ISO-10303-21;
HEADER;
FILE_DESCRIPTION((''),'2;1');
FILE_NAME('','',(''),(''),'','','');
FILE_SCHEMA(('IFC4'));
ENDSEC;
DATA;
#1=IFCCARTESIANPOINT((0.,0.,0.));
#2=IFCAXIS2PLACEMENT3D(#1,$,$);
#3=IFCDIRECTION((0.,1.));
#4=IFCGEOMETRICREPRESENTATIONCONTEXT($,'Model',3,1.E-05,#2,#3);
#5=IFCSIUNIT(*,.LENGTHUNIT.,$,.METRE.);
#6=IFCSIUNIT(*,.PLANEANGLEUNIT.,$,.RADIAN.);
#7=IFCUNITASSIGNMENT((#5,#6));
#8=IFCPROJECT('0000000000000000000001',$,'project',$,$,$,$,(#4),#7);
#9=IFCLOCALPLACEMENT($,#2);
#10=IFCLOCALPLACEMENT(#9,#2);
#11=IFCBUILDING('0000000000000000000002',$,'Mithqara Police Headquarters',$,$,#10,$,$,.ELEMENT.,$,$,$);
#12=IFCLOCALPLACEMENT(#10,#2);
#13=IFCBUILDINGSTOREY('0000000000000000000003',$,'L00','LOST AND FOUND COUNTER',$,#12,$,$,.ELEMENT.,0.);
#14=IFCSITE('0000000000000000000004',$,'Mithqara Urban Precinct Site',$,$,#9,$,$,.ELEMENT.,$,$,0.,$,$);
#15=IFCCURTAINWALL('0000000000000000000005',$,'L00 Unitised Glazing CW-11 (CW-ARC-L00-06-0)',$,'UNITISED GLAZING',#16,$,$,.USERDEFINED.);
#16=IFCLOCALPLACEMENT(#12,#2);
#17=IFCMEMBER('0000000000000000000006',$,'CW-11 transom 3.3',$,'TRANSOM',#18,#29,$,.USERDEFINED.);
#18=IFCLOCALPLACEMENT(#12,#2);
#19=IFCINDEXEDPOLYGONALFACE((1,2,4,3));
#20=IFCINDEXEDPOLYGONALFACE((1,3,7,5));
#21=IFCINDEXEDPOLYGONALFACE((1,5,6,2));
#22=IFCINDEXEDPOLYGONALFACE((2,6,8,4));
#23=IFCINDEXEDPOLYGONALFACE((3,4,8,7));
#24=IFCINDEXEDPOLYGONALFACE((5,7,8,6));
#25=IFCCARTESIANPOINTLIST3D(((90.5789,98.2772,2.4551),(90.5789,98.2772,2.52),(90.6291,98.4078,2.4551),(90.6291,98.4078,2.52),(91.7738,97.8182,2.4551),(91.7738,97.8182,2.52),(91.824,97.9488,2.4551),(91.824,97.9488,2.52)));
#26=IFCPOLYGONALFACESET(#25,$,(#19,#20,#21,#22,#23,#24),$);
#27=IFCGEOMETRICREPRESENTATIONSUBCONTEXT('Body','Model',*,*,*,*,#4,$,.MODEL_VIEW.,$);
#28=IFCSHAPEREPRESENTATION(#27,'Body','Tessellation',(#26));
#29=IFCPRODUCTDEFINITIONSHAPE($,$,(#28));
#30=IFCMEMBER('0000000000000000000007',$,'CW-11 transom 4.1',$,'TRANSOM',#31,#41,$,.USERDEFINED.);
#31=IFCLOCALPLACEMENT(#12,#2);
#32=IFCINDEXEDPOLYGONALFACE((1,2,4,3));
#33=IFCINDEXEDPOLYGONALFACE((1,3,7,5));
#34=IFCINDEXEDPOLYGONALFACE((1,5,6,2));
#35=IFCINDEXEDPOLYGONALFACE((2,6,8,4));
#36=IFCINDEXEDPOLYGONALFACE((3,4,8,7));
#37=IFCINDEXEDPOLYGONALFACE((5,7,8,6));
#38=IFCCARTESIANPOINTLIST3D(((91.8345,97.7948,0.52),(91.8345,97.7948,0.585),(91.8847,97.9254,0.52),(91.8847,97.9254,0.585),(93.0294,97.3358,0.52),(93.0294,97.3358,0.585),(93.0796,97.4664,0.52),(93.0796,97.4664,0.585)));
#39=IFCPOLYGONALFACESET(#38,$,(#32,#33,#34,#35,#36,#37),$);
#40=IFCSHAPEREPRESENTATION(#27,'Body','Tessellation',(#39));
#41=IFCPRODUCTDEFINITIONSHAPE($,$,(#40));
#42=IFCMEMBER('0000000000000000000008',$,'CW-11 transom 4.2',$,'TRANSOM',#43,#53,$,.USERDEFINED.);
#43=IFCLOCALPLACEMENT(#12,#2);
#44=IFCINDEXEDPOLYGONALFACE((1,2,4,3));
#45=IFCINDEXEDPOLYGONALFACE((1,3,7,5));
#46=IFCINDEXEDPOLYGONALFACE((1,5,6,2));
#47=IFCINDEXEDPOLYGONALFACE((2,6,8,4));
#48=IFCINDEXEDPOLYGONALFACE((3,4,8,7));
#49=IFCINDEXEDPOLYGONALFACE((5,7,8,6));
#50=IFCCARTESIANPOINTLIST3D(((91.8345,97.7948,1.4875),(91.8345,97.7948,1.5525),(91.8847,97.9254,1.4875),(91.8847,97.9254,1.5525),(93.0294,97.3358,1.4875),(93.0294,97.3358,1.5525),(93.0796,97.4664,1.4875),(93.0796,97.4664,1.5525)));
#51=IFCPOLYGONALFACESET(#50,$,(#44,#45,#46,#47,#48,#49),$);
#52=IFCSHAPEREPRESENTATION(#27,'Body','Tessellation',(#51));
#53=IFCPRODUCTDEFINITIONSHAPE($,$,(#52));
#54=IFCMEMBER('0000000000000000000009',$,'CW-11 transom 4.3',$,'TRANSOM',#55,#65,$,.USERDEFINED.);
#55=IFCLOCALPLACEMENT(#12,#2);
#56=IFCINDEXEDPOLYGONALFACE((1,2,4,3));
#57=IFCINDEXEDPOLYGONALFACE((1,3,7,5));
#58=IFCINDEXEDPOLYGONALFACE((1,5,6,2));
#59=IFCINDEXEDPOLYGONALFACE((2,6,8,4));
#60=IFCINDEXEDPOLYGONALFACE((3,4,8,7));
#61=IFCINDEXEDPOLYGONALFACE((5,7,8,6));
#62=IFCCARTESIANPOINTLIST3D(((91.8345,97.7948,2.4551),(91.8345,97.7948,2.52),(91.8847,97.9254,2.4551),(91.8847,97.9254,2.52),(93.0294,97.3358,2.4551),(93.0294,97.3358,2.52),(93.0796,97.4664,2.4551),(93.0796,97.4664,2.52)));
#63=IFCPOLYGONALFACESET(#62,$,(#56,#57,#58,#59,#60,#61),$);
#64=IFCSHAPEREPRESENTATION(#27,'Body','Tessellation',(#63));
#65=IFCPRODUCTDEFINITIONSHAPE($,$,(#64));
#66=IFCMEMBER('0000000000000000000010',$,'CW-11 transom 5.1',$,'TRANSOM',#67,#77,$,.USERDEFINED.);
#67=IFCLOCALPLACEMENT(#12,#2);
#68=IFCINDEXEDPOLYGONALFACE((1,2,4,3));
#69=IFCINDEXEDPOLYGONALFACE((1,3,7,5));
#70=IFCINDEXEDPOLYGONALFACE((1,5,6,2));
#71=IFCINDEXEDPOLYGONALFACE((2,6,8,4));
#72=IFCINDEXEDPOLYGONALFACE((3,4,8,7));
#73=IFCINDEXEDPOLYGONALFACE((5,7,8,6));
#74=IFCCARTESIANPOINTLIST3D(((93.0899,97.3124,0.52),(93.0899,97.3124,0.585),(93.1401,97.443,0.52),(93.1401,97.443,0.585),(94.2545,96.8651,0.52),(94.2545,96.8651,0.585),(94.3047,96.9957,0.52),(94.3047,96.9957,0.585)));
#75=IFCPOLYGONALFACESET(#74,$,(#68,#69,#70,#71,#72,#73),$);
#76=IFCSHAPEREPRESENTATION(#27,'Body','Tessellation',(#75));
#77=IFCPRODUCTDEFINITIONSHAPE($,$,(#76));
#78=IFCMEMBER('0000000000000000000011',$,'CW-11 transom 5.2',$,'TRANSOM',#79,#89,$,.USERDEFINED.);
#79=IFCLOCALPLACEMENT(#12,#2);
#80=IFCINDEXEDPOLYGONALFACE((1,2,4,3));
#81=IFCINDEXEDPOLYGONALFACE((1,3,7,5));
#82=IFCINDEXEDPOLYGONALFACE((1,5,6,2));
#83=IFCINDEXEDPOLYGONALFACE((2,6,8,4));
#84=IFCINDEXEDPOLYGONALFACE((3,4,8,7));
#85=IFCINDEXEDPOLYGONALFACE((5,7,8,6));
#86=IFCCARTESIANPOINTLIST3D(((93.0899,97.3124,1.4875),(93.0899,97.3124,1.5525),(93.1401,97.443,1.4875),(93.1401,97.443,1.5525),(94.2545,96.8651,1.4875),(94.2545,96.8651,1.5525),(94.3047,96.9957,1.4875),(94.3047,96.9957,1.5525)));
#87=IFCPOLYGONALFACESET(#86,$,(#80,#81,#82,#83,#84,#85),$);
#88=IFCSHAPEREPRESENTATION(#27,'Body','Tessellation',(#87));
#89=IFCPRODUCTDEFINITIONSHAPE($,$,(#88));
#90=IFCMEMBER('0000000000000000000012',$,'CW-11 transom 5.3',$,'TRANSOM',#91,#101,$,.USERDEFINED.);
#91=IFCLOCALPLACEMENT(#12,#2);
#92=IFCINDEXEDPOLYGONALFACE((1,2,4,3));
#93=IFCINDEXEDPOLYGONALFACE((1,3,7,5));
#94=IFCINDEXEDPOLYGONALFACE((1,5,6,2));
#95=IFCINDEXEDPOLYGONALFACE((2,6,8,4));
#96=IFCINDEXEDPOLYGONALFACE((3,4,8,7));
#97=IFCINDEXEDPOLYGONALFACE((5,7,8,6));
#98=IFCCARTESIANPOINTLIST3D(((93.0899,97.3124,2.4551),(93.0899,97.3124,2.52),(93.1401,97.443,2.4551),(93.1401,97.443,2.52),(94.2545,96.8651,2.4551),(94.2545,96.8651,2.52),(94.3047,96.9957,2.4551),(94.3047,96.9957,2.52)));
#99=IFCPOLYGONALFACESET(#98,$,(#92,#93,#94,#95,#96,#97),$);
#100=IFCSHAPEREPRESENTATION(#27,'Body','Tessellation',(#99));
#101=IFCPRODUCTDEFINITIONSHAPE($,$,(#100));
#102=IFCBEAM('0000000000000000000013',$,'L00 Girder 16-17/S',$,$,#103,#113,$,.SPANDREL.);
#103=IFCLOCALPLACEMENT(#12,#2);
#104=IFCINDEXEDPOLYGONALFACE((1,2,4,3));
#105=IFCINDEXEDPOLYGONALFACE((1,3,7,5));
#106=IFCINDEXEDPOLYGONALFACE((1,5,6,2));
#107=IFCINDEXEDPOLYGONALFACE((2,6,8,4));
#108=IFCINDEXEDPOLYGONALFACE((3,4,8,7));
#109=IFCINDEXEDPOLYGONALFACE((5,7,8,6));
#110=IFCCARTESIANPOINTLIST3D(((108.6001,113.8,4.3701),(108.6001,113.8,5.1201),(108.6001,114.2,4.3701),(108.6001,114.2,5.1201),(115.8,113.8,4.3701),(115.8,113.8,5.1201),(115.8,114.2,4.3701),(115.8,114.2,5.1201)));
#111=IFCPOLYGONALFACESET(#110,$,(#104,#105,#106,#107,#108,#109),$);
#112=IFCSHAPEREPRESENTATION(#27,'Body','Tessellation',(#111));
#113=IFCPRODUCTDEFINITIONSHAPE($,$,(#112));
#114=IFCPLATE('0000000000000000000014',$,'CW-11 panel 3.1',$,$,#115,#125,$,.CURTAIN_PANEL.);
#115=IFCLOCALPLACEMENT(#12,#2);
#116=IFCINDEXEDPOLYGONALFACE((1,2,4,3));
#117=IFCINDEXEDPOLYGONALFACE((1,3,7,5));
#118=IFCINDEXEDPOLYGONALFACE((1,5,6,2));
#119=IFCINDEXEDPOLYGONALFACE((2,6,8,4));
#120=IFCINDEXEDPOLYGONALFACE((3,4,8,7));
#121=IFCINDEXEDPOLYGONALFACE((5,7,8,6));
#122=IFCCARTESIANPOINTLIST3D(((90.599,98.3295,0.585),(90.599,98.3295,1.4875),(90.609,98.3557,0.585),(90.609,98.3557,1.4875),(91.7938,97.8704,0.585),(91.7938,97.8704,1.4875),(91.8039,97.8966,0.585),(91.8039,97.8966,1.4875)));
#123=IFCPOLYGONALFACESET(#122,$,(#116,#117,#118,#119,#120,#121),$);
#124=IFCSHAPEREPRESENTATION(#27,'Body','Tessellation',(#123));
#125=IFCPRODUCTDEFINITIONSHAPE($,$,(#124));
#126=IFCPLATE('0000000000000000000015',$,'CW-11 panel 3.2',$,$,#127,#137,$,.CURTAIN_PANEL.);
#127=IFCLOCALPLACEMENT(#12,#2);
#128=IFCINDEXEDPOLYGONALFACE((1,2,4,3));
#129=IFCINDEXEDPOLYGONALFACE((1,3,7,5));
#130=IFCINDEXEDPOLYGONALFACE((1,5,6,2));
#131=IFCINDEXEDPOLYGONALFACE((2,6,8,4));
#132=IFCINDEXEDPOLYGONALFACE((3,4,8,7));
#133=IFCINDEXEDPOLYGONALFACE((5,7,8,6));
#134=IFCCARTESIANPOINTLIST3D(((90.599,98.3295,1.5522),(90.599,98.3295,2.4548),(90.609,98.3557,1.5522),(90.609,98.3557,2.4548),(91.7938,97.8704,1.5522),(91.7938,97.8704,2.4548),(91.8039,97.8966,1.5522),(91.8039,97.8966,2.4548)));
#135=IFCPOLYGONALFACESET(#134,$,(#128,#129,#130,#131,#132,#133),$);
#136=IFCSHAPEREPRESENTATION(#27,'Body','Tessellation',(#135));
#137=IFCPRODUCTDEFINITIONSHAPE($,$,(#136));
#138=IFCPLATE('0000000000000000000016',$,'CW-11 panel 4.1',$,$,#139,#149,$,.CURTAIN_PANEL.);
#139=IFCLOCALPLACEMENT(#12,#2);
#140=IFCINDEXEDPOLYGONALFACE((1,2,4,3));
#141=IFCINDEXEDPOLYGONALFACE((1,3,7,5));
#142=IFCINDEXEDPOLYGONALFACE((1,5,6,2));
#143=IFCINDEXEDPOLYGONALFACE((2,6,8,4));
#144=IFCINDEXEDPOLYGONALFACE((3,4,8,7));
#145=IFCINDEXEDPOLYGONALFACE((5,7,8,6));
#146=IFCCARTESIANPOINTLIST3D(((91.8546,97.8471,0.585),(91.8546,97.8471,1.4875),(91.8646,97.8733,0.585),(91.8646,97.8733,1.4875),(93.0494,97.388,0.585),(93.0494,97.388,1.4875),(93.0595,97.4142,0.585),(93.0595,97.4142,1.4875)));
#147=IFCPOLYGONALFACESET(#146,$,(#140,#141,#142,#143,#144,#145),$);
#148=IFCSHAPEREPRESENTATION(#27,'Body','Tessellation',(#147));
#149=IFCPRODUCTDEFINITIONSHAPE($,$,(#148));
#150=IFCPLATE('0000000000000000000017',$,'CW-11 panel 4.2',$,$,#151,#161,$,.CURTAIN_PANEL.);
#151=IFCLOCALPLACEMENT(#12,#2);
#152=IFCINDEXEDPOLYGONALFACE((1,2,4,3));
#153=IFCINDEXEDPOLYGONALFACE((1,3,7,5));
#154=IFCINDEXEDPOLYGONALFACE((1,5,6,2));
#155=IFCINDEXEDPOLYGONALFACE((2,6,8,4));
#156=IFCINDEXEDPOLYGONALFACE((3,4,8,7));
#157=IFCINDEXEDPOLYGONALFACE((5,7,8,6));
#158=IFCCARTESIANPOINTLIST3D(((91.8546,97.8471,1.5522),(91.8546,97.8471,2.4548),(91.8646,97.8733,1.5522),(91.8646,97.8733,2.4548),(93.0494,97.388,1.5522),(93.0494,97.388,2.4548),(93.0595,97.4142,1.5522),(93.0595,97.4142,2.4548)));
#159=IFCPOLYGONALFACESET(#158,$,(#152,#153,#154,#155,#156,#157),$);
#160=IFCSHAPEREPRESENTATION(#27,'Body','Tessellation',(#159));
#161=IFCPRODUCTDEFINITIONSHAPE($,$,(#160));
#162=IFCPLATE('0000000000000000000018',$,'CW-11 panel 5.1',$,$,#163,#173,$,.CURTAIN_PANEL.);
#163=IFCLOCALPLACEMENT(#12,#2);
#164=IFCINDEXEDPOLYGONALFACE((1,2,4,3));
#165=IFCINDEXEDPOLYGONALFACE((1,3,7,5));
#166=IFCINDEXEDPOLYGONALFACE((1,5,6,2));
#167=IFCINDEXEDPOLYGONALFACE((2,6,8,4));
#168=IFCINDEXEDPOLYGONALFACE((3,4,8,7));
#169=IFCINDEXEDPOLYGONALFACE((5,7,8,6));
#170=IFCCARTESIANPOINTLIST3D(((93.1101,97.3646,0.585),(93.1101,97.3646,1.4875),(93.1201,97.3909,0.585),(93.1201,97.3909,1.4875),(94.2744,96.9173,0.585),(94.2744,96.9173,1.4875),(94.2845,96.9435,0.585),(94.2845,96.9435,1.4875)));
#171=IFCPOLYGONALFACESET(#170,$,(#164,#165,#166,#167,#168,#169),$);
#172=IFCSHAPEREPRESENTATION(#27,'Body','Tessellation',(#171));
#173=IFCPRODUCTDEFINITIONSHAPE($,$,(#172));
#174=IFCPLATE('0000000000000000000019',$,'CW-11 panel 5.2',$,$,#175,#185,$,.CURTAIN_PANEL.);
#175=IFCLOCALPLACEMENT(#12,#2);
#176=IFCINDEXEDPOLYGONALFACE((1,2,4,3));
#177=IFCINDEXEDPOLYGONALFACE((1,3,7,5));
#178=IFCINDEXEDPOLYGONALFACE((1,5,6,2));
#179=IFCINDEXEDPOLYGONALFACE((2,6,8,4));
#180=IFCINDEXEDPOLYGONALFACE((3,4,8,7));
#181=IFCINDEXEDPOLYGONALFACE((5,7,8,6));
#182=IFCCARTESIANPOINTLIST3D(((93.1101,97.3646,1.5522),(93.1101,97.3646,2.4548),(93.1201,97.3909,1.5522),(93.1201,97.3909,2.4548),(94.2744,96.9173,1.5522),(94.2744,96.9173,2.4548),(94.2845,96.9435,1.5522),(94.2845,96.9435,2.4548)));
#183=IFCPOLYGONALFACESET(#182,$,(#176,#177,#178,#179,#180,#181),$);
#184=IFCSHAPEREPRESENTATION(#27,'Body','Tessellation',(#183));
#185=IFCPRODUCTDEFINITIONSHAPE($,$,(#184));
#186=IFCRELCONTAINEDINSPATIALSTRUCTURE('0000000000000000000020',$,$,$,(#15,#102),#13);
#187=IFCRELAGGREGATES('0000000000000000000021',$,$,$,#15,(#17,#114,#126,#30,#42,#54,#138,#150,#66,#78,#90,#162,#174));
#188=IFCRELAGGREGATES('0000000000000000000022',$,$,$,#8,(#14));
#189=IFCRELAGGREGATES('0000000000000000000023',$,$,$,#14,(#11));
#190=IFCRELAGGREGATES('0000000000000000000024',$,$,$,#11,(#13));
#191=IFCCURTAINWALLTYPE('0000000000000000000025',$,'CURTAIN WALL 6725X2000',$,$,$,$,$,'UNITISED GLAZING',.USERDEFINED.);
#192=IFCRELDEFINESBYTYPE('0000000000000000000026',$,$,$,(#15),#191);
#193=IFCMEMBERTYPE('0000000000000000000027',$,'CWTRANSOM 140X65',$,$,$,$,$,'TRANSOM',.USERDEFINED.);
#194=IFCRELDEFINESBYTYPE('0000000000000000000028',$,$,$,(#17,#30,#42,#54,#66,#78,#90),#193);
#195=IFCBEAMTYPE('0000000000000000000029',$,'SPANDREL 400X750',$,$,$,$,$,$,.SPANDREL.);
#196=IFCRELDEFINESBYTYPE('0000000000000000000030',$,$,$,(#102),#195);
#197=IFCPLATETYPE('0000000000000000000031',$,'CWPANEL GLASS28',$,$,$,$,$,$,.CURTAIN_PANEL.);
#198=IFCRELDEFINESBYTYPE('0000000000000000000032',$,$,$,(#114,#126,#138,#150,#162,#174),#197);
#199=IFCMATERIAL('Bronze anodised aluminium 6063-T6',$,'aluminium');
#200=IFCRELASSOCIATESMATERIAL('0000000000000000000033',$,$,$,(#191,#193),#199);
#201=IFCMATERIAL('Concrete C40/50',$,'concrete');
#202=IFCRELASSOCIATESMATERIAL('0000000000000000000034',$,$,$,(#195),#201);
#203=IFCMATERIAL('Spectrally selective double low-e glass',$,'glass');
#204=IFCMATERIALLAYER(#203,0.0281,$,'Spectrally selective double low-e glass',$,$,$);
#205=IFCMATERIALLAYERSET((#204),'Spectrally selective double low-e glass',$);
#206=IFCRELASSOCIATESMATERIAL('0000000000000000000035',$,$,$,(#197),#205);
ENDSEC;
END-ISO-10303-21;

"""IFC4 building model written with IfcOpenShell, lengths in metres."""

from ifc_helpers import new_model, si_unit, direction, frame, origin, origin_2d, place, context, subcontext, project, spatial, rectangle, extrude, material, layer, layer_set, material_profile, profile_set, type_object, element, aggregate, save


model = new_model("IFC4")

# Units and contexts
model_context = context("Model", 3, precision=1e-05, world=origin(), true_north=direction((0.0, 1.0)))
body_context = subcontext(model_context, "Body", "Model", "MODEL_VIEW")
ifc_project = project(units=[si_unit("LENGTHUNIT", "METRE"), si_unit("PLANEANGLEUNIT", "RADIAN")], contexts=[model_context])

# Site, building, storey
site_placement = place(None, origin())
site = spatial("IfcSite", under=ifc_project, at=site_placement, Name="Mithqara Urban Precinct Site", CompositionType="ELEMENT", RefElevation=0.0)
building_placement = place(site_placement, origin())
building = spatial("IfcBuilding", under=site, at=building_placement, Name="Mithqara Police Headquarters", CompositionType="ELEMENT")
storey_placement = place(building_placement, origin())
storey = spatial("IfcBuildingStorey", under=building, at=storey_placement, Name="L00", Description="LOST AND FOUND COUNTER", CompositionType="ELEMENT", Elevation=0.0)

# Shared definitions
ifc_material_1 = material(Name="Concrete C40/50", Category="concrete")

# Curtain wall, members
ifc_material_2 = material(Name="Bronze anodised aluminium 6063-T6", Category="aluminium")
curtain_wall_type = type_object("IfcCurtainWallType", Name="CURTAIN WALL 6725X2000", ElementType="UNITISED GLAZING", PredefinedType="USERDEFINED", material=ifc_material_2)
curtain_wall_placement = place(storey_placement, origin())
curtain_wall = element("IfcCurtainWall", 1, at=curtain_wall_placement, inside=storey, type_object=curtain_wall_type, Name="L00 Unitised Glazing CW-11 (CW-ARC-L00-06-0)", ObjectType="UNITISED GLAZING", PredefinedType="USERDEFINED")
ifc_material_profile_1 = material_profile(ifc_material_2, rectangle(XDim=0.1399, YDim=0.0649, at=origin_2d()), Name="CWT 140x65")
ifc_profile_set_1 = profile_set([ifc_material_profile_1], Name="Bronze anodised aluminium 6063-T6")
member_type_1 = type_object("IfcMemberType", Name="CWTRANSOM 140X65", ElementType="TRANSOM", PredefinedType="USERDEFINED", material=ifc_profile_set_1)
member_1_placement = place(storey_placement, frame((90.604, 98.3425, 2.4875), z_axis=(0.933493, -0.358596, 0.0), x_axis=(0.358596, 0.933493, 0.0)))
member_1 = element("IfcMember", 2, at=member_1_placement, type_object=member_type_1, Name="CW-11 transom 3.3", ObjectType="TRANSOM", PredefinedType="USERDEFINED", context=body_context, shape_type="SweptSolid", body=[
    extrude(rectangle(XDim=0.1399, YDim=0.0649, at=origin_2d()), origin(), (0.0, 0.0, 1.0), 1.28),
])
member_2_placement = place(storey_placement, frame((91.8596, 97.8601, 0.5525), z_axis=(0.933493, -0.358596, 0.0), x_axis=(0.358596, 0.933493, 0.0)))
member_2 = element("IfcMember", 3, at=member_2_placement, type_object=member_type_1, Name="CW-11 transom 4.1", ObjectType="TRANSOM", PredefinedType="USERDEFINED", context=body_context, shape_type="SweptSolid", body=[
    extrude(rectangle(XDim=0.1399, YDim=0.0649, at=origin_2d()), origin(), (0.0, 0.0, 1.0), 1.28),
])
member_3_placement = place(storey_placement, frame((91.8596, 97.8601, 1.52), z_axis=(0.933493, -0.358596, 0.0), x_axis=(0.358596, 0.933493, 0.0)))
member_3 = element("IfcMember", 4, at=member_3_placement, type_object=member_type_1, Name="CW-11 transom 4.2", ObjectType="TRANSOM", PredefinedType="USERDEFINED", context=body_context, shape_type="SweptSolid", body=[
    extrude(rectangle(XDim=0.1399, YDim=0.0649, at=origin_2d()), origin(), (0.0, 0.0, 1.0), 1.28),
])
member_4_placement = place(storey_placement, frame((91.8596, 97.8601, 2.4875), z_axis=(0.933493, -0.358596, 0.0), x_axis=(0.358596, 0.933493, 0.0)))
member_4 = element("IfcMember", 5, at=member_4_placement, type_object=member_type_1, Name="CW-11 transom 4.3", ObjectType="TRANSOM", PredefinedType="USERDEFINED", context=body_context, shape_type="SweptSolid", body=[
    extrude(rectangle(XDim=0.1399, YDim=0.0649, at=origin_2d()), origin(), (0.0, 0.0, 1.0), 1.28),
])
member_5_placement = place(storey_placement, frame((93.115, 97.3777, 0.5525), z_axis=(0.933517, -0.358533, 0.0), x_axis=(0.358533, 0.933517, 0.0)))
member_5 = element("IfcMember", 6, at=member_5_placement, type_object=member_type_1, Name="CW-11 transom 5.1", ObjectType="TRANSOM", PredefinedType="USERDEFINED", context=body_context, shape_type="SweptSolid", body=[
    extrude(rectangle(XDim=0.1399, YDim=0.0649, at=origin_2d()), origin(), (0.0, 0.0, 1.0), 1.2476),
])
member_6_placement = place(storey_placement, frame((93.115, 97.3777, 1.52), z_axis=(0.933517, -0.358533, 0.0), x_axis=(0.358533, 0.933517, 0.0)))
member_6 = element("IfcMember", 7, at=member_6_placement, type_object=member_type_1, Name="CW-11 transom 5.2", ObjectType="TRANSOM", PredefinedType="USERDEFINED", context=body_context, shape_type="SweptSolid", body=[
    extrude(rectangle(XDim=0.1399, YDim=0.0649, at=origin_2d()), origin(), (0.0, 0.0, 1.0), 1.2476),
])
member_7_placement = place(storey_placement, frame((93.115, 97.3777, 2.4875), z_axis=(0.933517, -0.358533, 0.0), x_axis=(0.358533, 0.933517, 0.0)))
member_7 = element("IfcMember", 8, at=member_7_placement, type_object=member_type_1, Name="CW-11 transom 5.3", ObjectType="TRANSOM", PredefinedType="USERDEFINED", context=body_context, shape_type="SweptSolid", body=[
    extrude(rectangle(XDim=0.1399, YDim=0.0649, at=origin_2d()), origin(), (0.0, 0.0, 1.0), 1.2476),
])

# Beam
ifc_material_profile_2 = material_profile(ifc_material_1, rectangle(XDim=0.3999, YDim=0.75, at=origin_2d()), Name="SPB 400x750")
ifc_profile_set_2 = profile_set([ifc_material_profile_2], Name="Concrete C40/50")
beam_type_1 = type_object("IfcBeamType", Name="SPANDREL 400X750", PredefinedType="SPANDREL", material=ifc_profile_set_2)
beam_1_placement = place(storey_placement, frame((108.6001, 114.0, 4.7451), z_axis=(1.0, 0.0, 0.0), x_axis=(0.0, 1.0, 0.0)))
element("IfcBeam", 9, at=beam_1_placement, inside=storey, type_object=beam_type_1, Name="L00 Girder 16-17/S", PredefinedType="SPANDREL", context=body_context, shape_type="SweptSolid", body=[
    extrude(rectangle(XDim=0.3999, YDim=0.75, at=origin_2d()), origin(), (0.0, 0.0, 1.0), 7.2),
])

# Plates
ifc_material_3 = material(Name="Spectrally selective double low-e glass", Category="glass")
ifc_layer_1 = layer(ifc_material_3, 0.0281, Name="Spectrally selective double low-e glass")
ifc_layer_set_1 = layer_set([ifc_layer_1], Name="Spectrally selective double low-e glass")
plate_type_1 = type_object("IfcPlateType", Name="CWPANEL GLASS28", PredefinedType="CURTAIN_PANEL", material=ifc_layer_set_1)
plate_1_placement = place(storey_placement, frame((91.2014, 98.113, 0.585), z_axis=(0.0, 0.0, 1.0), x_axis=(0.933461, -0.35868, 0.0)))
plate_1 = element("IfcPlate", 10, at=plate_1_placement, type_object=plate_type_1, Name="CW-11 panel 3.1", PredefinedType="CURTAIN_PANEL", context=body_context, shape_type="SweptSolid", body=[
    extrude(rectangle(XDim=1.28, YDim=0.0281, at=origin_2d()), origin(), (0.0, 0.0, 1.0), 0.9026),
])
plate_2_placement = place(storey_placement, frame((91.2014, 98.113, 1.5522), z_axis=(0.0, 0.0, 1.0), x_axis=(0.933461, -0.35868, 0.0)))
plate_2 = element("IfcPlate", 11, at=plate_2_placement, type_object=plate_type_1, Name="CW-11 panel 3.2", PredefinedType="CURTAIN_PANEL", context=body_context, shape_type="SweptSolid", body=[
    extrude(rectangle(XDim=1.28, YDim=0.0281, at=origin_2d()), origin(), (0.0, 0.0, 1.0), 0.9026),
])
plate_3_placement = place(storey_placement, frame((92.457, 97.6306, 0.585), z_axis=(0.0, 0.0, 1.0), x_axis=(0.933461, -0.35868, 0.0)))
plate_3 = element("IfcPlate", 12, at=plate_3_placement, type_object=plate_type_1, Name="CW-11 panel 4.1", PredefinedType="CURTAIN_PANEL", context=body_context, shape_type="SweptSolid", body=[
    extrude(rectangle(XDim=1.28, YDim=0.0281, at=origin_2d()), origin(), (0.0, 0.0, 1.0), 0.9026),
])
plate_4_placement = place(storey_placement, frame((92.457, 97.6306, 1.5522), z_axis=(0.0, 0.0, 1.0), x_axis=(0.933461, -0.35868, 0.0)))
plate_4 = element("IfcPlate", 13, at=plate_4_placement, type_object=plate_type_1, Name="CW-11 panel 4.2", PredefinedType="CURTAIN_PANEL", context=body_context, shape_type="SweptSolid", body=[
    extrude(rectangle(XDim=1.28, YDim=0.0281, at=origin_2d()), origin(), (0.0, 0.0, 1.0), 0.9026),
])
plate_5_placement = place(storey_placement, frame((93.6973, 97.1541, 0.585), z_axis=(0.0, 0.0, 1.0), x_axis=(0.933461, -0.35868, 0.0)))
plate_5 = element("IfcPlate", 14, at=plate_5_placement, type_object=plate_type_1, Name="CW-11 panel 5.1", PredefinedType="CURTAIN_PANEL", context=body_context, shape_type="SweptSolid", body=[
    extrude(rectangle(XDim=1.2473, YDim=0.0281, at=origin_2d()), origin(), (0.0, 0.0, 1.0), 0.9026),
])
plate_6_placement = place(storey_placement, frame((93.6973, 97.1541, 1.5522), z_axis=(0.0, 0.0, 1.0), x_axis=(0.933461, -0.35868, 0.0)))
plate_6 = element("IfcPlate", 15, at=plate_6_placement, type_object=plate_type_1, Name="CW-11 panel 5.2", PredefinedType="CURTAIN_PANEL", context=body_context, shape_type="SweptSolid", body=[
    extrude(rectangle(XDim=1.2473, YDim=0.0281, at=origin_2d()), origin(), (0.0, 0.0, 1.0), 0.9026),
])
aggregate(curtain_wall, [member_1, plate_1, plate_2, member_2, member_3, member_4, plate_3, plate_4, member_5, member_6, member_7, plate_5, plate_6])

save(model, "model.ifc")
